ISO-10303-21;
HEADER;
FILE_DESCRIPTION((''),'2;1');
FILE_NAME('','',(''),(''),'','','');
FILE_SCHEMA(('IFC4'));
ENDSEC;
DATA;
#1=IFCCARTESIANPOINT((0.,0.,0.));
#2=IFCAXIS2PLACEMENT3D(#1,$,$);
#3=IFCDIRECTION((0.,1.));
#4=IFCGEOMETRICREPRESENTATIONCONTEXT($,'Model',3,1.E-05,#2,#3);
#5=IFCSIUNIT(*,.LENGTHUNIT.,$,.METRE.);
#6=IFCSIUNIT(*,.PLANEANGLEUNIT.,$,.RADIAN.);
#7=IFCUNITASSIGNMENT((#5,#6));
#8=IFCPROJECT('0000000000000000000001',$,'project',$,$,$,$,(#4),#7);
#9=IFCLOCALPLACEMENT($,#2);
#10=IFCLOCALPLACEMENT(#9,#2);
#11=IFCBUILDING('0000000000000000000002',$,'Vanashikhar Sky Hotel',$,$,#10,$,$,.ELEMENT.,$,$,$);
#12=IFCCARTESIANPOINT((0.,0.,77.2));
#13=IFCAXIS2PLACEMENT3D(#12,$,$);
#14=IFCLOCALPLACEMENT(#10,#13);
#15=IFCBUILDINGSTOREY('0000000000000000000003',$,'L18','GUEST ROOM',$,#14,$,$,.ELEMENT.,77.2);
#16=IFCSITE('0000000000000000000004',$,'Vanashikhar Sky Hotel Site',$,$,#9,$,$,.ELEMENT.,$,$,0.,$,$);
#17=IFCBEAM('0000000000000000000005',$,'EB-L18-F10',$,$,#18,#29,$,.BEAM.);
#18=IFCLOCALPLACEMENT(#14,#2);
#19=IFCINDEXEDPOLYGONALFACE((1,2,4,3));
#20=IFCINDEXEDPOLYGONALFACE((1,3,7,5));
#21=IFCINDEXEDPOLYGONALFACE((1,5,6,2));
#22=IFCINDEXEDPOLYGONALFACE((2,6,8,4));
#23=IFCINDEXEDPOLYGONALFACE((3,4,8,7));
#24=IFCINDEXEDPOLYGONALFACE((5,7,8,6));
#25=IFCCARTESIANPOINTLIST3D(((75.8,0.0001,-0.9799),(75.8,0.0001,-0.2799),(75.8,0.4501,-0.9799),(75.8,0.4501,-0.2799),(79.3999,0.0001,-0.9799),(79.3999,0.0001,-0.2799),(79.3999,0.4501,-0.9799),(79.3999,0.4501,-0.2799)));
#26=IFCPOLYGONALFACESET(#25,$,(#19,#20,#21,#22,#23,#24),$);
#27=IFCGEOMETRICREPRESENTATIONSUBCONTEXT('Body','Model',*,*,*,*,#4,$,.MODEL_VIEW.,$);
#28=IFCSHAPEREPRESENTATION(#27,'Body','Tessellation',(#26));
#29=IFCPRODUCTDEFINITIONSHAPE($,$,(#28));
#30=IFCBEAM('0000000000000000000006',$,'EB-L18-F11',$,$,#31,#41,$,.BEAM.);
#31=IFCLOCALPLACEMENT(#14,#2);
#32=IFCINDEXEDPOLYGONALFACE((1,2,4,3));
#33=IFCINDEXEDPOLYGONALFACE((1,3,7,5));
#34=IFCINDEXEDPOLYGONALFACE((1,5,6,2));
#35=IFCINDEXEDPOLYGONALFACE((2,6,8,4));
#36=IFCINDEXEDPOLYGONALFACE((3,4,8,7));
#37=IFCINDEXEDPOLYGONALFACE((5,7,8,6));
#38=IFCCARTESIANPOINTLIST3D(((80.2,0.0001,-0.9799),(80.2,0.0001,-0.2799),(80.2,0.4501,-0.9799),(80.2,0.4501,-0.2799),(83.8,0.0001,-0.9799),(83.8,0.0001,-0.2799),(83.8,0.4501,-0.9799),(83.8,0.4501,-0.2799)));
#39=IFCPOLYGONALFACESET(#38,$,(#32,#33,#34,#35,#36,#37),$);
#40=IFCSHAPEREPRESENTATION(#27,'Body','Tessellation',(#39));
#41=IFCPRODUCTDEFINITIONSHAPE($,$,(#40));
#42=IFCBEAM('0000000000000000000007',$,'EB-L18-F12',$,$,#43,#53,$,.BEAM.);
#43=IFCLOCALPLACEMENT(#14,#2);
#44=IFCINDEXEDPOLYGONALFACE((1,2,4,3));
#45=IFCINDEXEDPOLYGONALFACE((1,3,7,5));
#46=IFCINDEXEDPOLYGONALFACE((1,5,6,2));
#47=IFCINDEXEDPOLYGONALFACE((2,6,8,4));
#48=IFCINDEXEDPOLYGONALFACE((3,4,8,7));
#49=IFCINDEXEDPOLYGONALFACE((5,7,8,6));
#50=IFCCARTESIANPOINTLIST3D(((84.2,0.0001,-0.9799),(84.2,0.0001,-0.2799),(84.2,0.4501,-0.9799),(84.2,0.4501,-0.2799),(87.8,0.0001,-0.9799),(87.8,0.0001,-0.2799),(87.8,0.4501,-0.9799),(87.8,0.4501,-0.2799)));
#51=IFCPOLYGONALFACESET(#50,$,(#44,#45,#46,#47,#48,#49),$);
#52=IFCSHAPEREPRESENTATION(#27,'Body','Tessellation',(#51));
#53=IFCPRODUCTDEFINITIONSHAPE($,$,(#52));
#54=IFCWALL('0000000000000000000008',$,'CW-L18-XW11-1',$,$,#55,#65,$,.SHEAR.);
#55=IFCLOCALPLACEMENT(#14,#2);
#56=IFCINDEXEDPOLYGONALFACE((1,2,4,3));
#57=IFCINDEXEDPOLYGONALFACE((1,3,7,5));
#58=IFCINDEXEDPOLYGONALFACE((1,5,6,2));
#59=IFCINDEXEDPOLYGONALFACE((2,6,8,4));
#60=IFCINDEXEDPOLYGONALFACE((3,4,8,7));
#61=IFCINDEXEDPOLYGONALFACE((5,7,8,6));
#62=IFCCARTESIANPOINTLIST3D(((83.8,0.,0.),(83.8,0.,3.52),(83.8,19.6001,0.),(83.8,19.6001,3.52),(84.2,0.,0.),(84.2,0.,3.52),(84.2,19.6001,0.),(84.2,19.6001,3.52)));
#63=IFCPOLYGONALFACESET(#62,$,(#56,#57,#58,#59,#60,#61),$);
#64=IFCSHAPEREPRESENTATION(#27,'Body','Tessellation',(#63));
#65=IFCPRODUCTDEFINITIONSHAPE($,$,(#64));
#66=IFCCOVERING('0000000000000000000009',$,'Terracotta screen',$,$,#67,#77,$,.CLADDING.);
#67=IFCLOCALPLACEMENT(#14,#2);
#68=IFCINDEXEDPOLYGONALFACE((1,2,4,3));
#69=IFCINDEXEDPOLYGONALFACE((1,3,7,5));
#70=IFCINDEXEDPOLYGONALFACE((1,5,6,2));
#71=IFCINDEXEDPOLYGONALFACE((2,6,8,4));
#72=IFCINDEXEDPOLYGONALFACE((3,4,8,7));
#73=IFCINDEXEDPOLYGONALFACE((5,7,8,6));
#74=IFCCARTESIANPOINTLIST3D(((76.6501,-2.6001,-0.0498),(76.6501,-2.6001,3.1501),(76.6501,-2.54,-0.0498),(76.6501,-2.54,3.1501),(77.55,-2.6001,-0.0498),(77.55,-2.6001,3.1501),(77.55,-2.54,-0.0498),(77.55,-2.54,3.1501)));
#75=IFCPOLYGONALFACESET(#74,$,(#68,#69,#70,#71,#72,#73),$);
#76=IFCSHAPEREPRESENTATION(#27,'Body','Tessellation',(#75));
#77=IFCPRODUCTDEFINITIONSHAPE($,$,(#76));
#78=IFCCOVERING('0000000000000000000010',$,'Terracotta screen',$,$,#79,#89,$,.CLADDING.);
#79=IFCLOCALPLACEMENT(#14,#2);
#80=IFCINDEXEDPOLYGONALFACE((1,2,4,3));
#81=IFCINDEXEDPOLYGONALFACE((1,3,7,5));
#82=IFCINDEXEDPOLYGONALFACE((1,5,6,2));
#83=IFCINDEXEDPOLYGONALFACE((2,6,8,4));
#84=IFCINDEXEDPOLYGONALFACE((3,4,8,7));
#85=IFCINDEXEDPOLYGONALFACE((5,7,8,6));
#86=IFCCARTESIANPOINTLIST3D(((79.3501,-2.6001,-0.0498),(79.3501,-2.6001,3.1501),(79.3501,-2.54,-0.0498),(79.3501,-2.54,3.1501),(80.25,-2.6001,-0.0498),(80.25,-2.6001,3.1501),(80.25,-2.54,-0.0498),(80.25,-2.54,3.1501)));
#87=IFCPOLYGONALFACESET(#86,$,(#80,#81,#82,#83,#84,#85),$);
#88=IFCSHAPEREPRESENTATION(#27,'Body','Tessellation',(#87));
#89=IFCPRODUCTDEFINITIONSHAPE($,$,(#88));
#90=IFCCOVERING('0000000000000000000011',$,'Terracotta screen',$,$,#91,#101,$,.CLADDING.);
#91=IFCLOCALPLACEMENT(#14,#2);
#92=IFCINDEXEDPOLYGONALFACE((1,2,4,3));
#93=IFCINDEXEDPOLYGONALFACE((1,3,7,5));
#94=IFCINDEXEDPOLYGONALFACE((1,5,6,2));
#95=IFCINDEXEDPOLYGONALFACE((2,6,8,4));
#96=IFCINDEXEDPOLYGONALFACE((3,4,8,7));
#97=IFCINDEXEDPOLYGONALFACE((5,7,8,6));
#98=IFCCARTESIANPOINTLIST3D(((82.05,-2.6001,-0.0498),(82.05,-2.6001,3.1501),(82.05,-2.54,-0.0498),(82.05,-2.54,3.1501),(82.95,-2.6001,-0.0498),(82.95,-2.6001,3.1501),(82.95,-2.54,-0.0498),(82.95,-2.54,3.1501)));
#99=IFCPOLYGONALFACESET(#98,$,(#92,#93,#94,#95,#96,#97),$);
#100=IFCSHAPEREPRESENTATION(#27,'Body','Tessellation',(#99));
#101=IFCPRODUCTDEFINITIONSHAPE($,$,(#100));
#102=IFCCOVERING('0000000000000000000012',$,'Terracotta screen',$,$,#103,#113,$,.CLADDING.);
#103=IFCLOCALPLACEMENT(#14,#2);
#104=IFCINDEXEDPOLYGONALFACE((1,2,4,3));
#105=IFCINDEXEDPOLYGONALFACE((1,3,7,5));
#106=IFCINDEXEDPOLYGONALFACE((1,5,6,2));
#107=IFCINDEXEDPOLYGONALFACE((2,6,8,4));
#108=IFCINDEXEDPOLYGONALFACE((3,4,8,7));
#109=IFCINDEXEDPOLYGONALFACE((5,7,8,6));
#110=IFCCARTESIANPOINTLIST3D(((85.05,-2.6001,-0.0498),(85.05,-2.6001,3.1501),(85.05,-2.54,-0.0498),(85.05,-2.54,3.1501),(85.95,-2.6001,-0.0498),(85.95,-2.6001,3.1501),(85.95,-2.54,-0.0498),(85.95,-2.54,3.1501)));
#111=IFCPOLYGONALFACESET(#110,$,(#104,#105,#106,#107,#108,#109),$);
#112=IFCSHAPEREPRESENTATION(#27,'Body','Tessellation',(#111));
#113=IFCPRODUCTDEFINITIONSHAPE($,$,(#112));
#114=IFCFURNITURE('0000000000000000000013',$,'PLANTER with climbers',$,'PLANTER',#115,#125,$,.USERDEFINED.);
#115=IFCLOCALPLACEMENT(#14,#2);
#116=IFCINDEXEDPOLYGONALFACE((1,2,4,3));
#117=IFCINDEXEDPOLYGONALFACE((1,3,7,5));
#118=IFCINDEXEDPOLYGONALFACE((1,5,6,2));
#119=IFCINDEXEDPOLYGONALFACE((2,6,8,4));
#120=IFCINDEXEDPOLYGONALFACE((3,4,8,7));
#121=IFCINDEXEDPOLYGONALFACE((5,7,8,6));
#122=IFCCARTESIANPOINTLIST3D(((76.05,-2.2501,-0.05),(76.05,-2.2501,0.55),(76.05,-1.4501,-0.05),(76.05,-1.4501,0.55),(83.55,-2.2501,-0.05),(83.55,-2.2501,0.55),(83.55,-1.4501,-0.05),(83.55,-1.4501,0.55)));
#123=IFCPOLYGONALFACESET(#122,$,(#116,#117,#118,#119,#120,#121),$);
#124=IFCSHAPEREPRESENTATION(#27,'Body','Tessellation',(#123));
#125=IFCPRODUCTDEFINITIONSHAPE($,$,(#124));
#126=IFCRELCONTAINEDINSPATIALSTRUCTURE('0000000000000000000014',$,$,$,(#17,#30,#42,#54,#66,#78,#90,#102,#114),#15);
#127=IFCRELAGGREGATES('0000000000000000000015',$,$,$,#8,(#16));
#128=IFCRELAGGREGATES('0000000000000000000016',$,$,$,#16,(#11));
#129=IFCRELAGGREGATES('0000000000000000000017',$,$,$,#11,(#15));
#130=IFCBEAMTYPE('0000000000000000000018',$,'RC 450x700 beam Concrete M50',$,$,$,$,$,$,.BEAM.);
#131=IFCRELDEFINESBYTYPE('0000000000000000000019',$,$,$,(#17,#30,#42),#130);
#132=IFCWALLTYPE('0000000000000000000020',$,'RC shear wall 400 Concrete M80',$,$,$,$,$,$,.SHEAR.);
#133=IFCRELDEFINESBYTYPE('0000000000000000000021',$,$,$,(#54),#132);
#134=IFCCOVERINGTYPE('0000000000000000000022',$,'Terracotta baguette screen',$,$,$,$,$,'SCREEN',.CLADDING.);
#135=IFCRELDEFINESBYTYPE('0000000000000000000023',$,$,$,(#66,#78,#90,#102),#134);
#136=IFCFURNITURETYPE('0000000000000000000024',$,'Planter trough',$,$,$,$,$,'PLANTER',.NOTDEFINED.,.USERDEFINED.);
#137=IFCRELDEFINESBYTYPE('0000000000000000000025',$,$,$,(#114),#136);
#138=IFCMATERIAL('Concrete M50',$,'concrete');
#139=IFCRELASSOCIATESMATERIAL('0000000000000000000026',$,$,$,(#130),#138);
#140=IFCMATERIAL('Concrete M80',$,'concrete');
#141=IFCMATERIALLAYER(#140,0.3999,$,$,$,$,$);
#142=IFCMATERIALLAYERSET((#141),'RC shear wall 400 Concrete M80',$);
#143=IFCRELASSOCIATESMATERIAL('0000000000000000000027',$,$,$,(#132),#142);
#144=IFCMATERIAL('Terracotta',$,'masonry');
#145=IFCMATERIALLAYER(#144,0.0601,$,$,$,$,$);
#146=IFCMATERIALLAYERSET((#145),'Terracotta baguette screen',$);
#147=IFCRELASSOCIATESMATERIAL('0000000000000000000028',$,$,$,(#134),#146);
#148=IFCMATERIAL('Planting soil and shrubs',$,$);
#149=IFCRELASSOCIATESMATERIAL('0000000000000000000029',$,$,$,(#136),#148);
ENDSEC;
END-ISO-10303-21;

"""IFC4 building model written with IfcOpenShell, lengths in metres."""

from ifc_helpers import new_model, si_unit, direction, frame, frame_2d, origin, origin_2d, place, context, subcontext, project, spatial, rectangle, extrude, source, transform, mapped, material, layer, layer_set, material_profile, profile_set, type_object, element, save


model = new_model("IFC4")

# Units and contexts
model_context = context("Model", 3, precision=1e-05, world=origin(), true_north=direction((0.0, 1.0)))
body_context = subcontext(model_context, "Body", "Model", "MODEL_VIEW")
ifc_project = project(units=[si_unit("LENGTHUNIT", "METRE"), si_unit("PLANEANGLEUNIT", "RADIAN")], contexts=[model_context])

# Site, building, storey
site_placement = place(None, origin())
site = spatial("IfcSite", under=ifc_project, at=site_placement, Name="Vanashikhar Sky Hotel Site", CompositionType="ELEMENT", RefElevation=0.0)
building_placement = place(site_placement, origin())
building = spatial("IfcBuilding", under=site, at=building_placement, Name="Vanashikhar Sky Hotel", CompositionType="ELEMENT")
storey_placement = place(building_placement, frame((0.0, 0.0, 77.2)))
storey = spatial("IfcBuildingStorey", under=building, at=storey_placement, Name="L18", Description="GUEST ROOM", CompositionType="ELEMENT", Elevation=77.2)

# Beams
ifc_material_1 = material(Name="Concrete M50", Category="concrete")
ifc_material_profile = material_profile(ifc_material_1, rectangle(XDim=0.45, YDim=0.7, at=origin_2d()))
ifc_profile_set = profile_set([ifc_material_profile], Name="RC 450x700 beam Concrete M50")
beam_type = type_object("IfcBeamType", Name="RC 450x700 beam Concrete M50", PredefinedType="BEAM", material=ifc_profile_set)
shared_shape_1 = source(origin(), body_context, "Body", "SweptSolid", [
    extrude(rectangle(XDim=0.45, YDim=0.7, at=origin_2d()), origin(), (0.0, 0.0, 1.0), 3.5999),
])
beam_placement = place(storey_placement, frame((75.8, 0.2251, -0.6299), z_axis=(1.0, 0.0, 0.0), x_axis=(0.0, 1.0, 0.0)))
element("IfcBeam", 1, at=beam_placement, inside=storey, type_object=beam_type, Name="EB-L18-F10", PredefinedType="BEAM", context=body_context, shape_type="MappedRepresentation", body=[
    mapped(shared_shape_1, transform((0.0, 0.0, 0.0), scale=1.0)),
])
shared_shape_2 = source(origin(), body_context, "Body", "SweptSolid", [
    extrude(rectangle(XDim=0.45, YDim=0.7, at=origin_2d()), origin(), (0.0, 0.0, 1.0), 3.6001),
])
for number, where, z_axis, x_axis, name in (
    (2, (80.2, 0.2251, -0.6299), (1.0, 0.0, 0.0), (0.0, 1.0, 0.0), "EB-L18-F11"),
    (3, (84.2, 0.2251, -0.6299), (1.0, 0.0, 0.0), (0.0, 1.0, 0.0), "EB-L18-F12"),
):
    element("IfcBeam", number, at=place(storey_placement, frame(where, z_axis=z_axis, x_axis=x_axis)), inside=storey, type_object=beam_type, Name=name, PredefinedType="BEAM", context=body_context, shape_type="MappedRepresentation", body=[
        mapped(shared_shape_2, transform((0.0, 0.0, 0.0), scale=1.0)),
    ])

# Wall
ifc_material_2 = material(Name="Concrete M80", Category="concrete")
ifc_layer_1 = layer(ifc_material_2, 0.3999)
ifc_layer_set_1 = layer_set([ifc_layer_1], Name="RC shear wall 400 Concrete M80")
wall_type_1 = type_object("IfcWallType", Name="RC shear wall 400 Concrete M80", PredefinedType="SHEAR", material=ifc_layer_set_1)
shared_shape_3 = source(origin(), body_context, "Body", "SweptSolid", [
    extrude(rectangle(XDim=19.6001, YDim=0.3999, at=frame_2d((9.8, 0.0))), origin(), (0.0, 0.0, 1.0), 3.52),
])
wall_1_placement = place(storey_placement, frame((84.0, 0.0, 0.0), z_axis=(0.0, 0.0, 1.0), x_axis=(0.0, 1.0, 0.0)))
element("IfcWall", 4, at=wall_1_placement, inside=storey, type_object=wall_type_1, Name="CW-L18-XW11-1", PredefinedType="SHEAR", context=body_context, shape_type="MappedRepresentation", body=[
    mapped(shared_shape_3, transform((0.0, 0.0, 0.0), scale=1.0)),
])

# Coverings
ifc_material_3 = material(Name="Terracotta", Category="masonry")
ifc_layer_2 = layer(ifc_material_3, 0.0601)
ifc_layer_set_2 = layer_set([ifc_layer_2], Name="Terracotta baguette screen")
covering_type = type_object("IfcCoveringType", Name="Terracotta baguette screen", ElementType="SCREEN", PredefinedType="CLADDING", material=ifc_layer_set_2)
shared_shape_4 = source(origin(), body_context, "Body", "SweptSolid", [
    extrude(rectangle(XDim=0.8999, YDim=0.0601, at=origin_2d()), origin(), (0.0, 0.0, 1.0), 3.2),
])
for number, where, z_axis, x_axis, name in (
    (5, (77.1001, -2.5701, -0.0498), (0.0, 0.0, 1.0), (1.0, 0.0, 0.0), "Terracotta screen"),
    (6, (79.8, -2.5701, -0.0498), (0.0, 0.0, 1.0), (1.0, 0.0, 0.0), "Terracotta screen"),
    (7, (82.5, -2.5701, -0.0498), (0.0, 0.0, 1.0), (1.0, 0.0, 0.0), "Terracotta screen"),
    (8, (85.5, -2.5701, -0.0498), (0.0, 0.0, 1.0), (1.0, 0.0, 0.0), "Terracotta screen"),
):
    element("IfcCovering", number, at=place(storey_placement, frame(where, z_axis=z_axis, x_axis=x_axis)), inside=storey, type_object=covering_type, Name=name, PredefinedType="CLADDING", context=body_context, shape_type="MappedRepresentation", body=[
        mapped(shared_shape_4, transform((0.0, 0.0, 0.0), scale=1.0)),
    ])

# Furniture
ifc_material_4 = material(Name="Planting soil and shrubs")
furniture_type = type_object("IfcFurnitureType", Name="Planter trough", ElementType="PLANTER", AssemblyPlace="NOTDEFINED", PredefinedType="USERDEFINED", material=ifc_material_4)
shared_shape_5 = source(origin(), body_context, "Body", "SweptSolid", [
    extrude(rectangle(XDim=7.5, YDim=0.8, at=origin_2d()), origin(), (0.0, 0.0, 1.0), 0.6001),
])
furniture_placement = place(storey_placement, frame((79.8, -1.8501, -0.05), z_axis=(0.0, 0.0, 1.0), x_axis=(1.0, 0.0, 0.0)))
element("IfcFurniture", 9, at=furniture_placement, inside=storey, type_object=furniture_type, Name="PLANTER with climbers", ObjectType="PLANTER", PredefinedType="USERDEFINED", context=body_context, shape_type="MappedRepresentation", body=[
    mapped(shared_shape_5, transform((0.0, 0.0, 0.0), scale=1.0)),
])

save(model, "model.ifc")
